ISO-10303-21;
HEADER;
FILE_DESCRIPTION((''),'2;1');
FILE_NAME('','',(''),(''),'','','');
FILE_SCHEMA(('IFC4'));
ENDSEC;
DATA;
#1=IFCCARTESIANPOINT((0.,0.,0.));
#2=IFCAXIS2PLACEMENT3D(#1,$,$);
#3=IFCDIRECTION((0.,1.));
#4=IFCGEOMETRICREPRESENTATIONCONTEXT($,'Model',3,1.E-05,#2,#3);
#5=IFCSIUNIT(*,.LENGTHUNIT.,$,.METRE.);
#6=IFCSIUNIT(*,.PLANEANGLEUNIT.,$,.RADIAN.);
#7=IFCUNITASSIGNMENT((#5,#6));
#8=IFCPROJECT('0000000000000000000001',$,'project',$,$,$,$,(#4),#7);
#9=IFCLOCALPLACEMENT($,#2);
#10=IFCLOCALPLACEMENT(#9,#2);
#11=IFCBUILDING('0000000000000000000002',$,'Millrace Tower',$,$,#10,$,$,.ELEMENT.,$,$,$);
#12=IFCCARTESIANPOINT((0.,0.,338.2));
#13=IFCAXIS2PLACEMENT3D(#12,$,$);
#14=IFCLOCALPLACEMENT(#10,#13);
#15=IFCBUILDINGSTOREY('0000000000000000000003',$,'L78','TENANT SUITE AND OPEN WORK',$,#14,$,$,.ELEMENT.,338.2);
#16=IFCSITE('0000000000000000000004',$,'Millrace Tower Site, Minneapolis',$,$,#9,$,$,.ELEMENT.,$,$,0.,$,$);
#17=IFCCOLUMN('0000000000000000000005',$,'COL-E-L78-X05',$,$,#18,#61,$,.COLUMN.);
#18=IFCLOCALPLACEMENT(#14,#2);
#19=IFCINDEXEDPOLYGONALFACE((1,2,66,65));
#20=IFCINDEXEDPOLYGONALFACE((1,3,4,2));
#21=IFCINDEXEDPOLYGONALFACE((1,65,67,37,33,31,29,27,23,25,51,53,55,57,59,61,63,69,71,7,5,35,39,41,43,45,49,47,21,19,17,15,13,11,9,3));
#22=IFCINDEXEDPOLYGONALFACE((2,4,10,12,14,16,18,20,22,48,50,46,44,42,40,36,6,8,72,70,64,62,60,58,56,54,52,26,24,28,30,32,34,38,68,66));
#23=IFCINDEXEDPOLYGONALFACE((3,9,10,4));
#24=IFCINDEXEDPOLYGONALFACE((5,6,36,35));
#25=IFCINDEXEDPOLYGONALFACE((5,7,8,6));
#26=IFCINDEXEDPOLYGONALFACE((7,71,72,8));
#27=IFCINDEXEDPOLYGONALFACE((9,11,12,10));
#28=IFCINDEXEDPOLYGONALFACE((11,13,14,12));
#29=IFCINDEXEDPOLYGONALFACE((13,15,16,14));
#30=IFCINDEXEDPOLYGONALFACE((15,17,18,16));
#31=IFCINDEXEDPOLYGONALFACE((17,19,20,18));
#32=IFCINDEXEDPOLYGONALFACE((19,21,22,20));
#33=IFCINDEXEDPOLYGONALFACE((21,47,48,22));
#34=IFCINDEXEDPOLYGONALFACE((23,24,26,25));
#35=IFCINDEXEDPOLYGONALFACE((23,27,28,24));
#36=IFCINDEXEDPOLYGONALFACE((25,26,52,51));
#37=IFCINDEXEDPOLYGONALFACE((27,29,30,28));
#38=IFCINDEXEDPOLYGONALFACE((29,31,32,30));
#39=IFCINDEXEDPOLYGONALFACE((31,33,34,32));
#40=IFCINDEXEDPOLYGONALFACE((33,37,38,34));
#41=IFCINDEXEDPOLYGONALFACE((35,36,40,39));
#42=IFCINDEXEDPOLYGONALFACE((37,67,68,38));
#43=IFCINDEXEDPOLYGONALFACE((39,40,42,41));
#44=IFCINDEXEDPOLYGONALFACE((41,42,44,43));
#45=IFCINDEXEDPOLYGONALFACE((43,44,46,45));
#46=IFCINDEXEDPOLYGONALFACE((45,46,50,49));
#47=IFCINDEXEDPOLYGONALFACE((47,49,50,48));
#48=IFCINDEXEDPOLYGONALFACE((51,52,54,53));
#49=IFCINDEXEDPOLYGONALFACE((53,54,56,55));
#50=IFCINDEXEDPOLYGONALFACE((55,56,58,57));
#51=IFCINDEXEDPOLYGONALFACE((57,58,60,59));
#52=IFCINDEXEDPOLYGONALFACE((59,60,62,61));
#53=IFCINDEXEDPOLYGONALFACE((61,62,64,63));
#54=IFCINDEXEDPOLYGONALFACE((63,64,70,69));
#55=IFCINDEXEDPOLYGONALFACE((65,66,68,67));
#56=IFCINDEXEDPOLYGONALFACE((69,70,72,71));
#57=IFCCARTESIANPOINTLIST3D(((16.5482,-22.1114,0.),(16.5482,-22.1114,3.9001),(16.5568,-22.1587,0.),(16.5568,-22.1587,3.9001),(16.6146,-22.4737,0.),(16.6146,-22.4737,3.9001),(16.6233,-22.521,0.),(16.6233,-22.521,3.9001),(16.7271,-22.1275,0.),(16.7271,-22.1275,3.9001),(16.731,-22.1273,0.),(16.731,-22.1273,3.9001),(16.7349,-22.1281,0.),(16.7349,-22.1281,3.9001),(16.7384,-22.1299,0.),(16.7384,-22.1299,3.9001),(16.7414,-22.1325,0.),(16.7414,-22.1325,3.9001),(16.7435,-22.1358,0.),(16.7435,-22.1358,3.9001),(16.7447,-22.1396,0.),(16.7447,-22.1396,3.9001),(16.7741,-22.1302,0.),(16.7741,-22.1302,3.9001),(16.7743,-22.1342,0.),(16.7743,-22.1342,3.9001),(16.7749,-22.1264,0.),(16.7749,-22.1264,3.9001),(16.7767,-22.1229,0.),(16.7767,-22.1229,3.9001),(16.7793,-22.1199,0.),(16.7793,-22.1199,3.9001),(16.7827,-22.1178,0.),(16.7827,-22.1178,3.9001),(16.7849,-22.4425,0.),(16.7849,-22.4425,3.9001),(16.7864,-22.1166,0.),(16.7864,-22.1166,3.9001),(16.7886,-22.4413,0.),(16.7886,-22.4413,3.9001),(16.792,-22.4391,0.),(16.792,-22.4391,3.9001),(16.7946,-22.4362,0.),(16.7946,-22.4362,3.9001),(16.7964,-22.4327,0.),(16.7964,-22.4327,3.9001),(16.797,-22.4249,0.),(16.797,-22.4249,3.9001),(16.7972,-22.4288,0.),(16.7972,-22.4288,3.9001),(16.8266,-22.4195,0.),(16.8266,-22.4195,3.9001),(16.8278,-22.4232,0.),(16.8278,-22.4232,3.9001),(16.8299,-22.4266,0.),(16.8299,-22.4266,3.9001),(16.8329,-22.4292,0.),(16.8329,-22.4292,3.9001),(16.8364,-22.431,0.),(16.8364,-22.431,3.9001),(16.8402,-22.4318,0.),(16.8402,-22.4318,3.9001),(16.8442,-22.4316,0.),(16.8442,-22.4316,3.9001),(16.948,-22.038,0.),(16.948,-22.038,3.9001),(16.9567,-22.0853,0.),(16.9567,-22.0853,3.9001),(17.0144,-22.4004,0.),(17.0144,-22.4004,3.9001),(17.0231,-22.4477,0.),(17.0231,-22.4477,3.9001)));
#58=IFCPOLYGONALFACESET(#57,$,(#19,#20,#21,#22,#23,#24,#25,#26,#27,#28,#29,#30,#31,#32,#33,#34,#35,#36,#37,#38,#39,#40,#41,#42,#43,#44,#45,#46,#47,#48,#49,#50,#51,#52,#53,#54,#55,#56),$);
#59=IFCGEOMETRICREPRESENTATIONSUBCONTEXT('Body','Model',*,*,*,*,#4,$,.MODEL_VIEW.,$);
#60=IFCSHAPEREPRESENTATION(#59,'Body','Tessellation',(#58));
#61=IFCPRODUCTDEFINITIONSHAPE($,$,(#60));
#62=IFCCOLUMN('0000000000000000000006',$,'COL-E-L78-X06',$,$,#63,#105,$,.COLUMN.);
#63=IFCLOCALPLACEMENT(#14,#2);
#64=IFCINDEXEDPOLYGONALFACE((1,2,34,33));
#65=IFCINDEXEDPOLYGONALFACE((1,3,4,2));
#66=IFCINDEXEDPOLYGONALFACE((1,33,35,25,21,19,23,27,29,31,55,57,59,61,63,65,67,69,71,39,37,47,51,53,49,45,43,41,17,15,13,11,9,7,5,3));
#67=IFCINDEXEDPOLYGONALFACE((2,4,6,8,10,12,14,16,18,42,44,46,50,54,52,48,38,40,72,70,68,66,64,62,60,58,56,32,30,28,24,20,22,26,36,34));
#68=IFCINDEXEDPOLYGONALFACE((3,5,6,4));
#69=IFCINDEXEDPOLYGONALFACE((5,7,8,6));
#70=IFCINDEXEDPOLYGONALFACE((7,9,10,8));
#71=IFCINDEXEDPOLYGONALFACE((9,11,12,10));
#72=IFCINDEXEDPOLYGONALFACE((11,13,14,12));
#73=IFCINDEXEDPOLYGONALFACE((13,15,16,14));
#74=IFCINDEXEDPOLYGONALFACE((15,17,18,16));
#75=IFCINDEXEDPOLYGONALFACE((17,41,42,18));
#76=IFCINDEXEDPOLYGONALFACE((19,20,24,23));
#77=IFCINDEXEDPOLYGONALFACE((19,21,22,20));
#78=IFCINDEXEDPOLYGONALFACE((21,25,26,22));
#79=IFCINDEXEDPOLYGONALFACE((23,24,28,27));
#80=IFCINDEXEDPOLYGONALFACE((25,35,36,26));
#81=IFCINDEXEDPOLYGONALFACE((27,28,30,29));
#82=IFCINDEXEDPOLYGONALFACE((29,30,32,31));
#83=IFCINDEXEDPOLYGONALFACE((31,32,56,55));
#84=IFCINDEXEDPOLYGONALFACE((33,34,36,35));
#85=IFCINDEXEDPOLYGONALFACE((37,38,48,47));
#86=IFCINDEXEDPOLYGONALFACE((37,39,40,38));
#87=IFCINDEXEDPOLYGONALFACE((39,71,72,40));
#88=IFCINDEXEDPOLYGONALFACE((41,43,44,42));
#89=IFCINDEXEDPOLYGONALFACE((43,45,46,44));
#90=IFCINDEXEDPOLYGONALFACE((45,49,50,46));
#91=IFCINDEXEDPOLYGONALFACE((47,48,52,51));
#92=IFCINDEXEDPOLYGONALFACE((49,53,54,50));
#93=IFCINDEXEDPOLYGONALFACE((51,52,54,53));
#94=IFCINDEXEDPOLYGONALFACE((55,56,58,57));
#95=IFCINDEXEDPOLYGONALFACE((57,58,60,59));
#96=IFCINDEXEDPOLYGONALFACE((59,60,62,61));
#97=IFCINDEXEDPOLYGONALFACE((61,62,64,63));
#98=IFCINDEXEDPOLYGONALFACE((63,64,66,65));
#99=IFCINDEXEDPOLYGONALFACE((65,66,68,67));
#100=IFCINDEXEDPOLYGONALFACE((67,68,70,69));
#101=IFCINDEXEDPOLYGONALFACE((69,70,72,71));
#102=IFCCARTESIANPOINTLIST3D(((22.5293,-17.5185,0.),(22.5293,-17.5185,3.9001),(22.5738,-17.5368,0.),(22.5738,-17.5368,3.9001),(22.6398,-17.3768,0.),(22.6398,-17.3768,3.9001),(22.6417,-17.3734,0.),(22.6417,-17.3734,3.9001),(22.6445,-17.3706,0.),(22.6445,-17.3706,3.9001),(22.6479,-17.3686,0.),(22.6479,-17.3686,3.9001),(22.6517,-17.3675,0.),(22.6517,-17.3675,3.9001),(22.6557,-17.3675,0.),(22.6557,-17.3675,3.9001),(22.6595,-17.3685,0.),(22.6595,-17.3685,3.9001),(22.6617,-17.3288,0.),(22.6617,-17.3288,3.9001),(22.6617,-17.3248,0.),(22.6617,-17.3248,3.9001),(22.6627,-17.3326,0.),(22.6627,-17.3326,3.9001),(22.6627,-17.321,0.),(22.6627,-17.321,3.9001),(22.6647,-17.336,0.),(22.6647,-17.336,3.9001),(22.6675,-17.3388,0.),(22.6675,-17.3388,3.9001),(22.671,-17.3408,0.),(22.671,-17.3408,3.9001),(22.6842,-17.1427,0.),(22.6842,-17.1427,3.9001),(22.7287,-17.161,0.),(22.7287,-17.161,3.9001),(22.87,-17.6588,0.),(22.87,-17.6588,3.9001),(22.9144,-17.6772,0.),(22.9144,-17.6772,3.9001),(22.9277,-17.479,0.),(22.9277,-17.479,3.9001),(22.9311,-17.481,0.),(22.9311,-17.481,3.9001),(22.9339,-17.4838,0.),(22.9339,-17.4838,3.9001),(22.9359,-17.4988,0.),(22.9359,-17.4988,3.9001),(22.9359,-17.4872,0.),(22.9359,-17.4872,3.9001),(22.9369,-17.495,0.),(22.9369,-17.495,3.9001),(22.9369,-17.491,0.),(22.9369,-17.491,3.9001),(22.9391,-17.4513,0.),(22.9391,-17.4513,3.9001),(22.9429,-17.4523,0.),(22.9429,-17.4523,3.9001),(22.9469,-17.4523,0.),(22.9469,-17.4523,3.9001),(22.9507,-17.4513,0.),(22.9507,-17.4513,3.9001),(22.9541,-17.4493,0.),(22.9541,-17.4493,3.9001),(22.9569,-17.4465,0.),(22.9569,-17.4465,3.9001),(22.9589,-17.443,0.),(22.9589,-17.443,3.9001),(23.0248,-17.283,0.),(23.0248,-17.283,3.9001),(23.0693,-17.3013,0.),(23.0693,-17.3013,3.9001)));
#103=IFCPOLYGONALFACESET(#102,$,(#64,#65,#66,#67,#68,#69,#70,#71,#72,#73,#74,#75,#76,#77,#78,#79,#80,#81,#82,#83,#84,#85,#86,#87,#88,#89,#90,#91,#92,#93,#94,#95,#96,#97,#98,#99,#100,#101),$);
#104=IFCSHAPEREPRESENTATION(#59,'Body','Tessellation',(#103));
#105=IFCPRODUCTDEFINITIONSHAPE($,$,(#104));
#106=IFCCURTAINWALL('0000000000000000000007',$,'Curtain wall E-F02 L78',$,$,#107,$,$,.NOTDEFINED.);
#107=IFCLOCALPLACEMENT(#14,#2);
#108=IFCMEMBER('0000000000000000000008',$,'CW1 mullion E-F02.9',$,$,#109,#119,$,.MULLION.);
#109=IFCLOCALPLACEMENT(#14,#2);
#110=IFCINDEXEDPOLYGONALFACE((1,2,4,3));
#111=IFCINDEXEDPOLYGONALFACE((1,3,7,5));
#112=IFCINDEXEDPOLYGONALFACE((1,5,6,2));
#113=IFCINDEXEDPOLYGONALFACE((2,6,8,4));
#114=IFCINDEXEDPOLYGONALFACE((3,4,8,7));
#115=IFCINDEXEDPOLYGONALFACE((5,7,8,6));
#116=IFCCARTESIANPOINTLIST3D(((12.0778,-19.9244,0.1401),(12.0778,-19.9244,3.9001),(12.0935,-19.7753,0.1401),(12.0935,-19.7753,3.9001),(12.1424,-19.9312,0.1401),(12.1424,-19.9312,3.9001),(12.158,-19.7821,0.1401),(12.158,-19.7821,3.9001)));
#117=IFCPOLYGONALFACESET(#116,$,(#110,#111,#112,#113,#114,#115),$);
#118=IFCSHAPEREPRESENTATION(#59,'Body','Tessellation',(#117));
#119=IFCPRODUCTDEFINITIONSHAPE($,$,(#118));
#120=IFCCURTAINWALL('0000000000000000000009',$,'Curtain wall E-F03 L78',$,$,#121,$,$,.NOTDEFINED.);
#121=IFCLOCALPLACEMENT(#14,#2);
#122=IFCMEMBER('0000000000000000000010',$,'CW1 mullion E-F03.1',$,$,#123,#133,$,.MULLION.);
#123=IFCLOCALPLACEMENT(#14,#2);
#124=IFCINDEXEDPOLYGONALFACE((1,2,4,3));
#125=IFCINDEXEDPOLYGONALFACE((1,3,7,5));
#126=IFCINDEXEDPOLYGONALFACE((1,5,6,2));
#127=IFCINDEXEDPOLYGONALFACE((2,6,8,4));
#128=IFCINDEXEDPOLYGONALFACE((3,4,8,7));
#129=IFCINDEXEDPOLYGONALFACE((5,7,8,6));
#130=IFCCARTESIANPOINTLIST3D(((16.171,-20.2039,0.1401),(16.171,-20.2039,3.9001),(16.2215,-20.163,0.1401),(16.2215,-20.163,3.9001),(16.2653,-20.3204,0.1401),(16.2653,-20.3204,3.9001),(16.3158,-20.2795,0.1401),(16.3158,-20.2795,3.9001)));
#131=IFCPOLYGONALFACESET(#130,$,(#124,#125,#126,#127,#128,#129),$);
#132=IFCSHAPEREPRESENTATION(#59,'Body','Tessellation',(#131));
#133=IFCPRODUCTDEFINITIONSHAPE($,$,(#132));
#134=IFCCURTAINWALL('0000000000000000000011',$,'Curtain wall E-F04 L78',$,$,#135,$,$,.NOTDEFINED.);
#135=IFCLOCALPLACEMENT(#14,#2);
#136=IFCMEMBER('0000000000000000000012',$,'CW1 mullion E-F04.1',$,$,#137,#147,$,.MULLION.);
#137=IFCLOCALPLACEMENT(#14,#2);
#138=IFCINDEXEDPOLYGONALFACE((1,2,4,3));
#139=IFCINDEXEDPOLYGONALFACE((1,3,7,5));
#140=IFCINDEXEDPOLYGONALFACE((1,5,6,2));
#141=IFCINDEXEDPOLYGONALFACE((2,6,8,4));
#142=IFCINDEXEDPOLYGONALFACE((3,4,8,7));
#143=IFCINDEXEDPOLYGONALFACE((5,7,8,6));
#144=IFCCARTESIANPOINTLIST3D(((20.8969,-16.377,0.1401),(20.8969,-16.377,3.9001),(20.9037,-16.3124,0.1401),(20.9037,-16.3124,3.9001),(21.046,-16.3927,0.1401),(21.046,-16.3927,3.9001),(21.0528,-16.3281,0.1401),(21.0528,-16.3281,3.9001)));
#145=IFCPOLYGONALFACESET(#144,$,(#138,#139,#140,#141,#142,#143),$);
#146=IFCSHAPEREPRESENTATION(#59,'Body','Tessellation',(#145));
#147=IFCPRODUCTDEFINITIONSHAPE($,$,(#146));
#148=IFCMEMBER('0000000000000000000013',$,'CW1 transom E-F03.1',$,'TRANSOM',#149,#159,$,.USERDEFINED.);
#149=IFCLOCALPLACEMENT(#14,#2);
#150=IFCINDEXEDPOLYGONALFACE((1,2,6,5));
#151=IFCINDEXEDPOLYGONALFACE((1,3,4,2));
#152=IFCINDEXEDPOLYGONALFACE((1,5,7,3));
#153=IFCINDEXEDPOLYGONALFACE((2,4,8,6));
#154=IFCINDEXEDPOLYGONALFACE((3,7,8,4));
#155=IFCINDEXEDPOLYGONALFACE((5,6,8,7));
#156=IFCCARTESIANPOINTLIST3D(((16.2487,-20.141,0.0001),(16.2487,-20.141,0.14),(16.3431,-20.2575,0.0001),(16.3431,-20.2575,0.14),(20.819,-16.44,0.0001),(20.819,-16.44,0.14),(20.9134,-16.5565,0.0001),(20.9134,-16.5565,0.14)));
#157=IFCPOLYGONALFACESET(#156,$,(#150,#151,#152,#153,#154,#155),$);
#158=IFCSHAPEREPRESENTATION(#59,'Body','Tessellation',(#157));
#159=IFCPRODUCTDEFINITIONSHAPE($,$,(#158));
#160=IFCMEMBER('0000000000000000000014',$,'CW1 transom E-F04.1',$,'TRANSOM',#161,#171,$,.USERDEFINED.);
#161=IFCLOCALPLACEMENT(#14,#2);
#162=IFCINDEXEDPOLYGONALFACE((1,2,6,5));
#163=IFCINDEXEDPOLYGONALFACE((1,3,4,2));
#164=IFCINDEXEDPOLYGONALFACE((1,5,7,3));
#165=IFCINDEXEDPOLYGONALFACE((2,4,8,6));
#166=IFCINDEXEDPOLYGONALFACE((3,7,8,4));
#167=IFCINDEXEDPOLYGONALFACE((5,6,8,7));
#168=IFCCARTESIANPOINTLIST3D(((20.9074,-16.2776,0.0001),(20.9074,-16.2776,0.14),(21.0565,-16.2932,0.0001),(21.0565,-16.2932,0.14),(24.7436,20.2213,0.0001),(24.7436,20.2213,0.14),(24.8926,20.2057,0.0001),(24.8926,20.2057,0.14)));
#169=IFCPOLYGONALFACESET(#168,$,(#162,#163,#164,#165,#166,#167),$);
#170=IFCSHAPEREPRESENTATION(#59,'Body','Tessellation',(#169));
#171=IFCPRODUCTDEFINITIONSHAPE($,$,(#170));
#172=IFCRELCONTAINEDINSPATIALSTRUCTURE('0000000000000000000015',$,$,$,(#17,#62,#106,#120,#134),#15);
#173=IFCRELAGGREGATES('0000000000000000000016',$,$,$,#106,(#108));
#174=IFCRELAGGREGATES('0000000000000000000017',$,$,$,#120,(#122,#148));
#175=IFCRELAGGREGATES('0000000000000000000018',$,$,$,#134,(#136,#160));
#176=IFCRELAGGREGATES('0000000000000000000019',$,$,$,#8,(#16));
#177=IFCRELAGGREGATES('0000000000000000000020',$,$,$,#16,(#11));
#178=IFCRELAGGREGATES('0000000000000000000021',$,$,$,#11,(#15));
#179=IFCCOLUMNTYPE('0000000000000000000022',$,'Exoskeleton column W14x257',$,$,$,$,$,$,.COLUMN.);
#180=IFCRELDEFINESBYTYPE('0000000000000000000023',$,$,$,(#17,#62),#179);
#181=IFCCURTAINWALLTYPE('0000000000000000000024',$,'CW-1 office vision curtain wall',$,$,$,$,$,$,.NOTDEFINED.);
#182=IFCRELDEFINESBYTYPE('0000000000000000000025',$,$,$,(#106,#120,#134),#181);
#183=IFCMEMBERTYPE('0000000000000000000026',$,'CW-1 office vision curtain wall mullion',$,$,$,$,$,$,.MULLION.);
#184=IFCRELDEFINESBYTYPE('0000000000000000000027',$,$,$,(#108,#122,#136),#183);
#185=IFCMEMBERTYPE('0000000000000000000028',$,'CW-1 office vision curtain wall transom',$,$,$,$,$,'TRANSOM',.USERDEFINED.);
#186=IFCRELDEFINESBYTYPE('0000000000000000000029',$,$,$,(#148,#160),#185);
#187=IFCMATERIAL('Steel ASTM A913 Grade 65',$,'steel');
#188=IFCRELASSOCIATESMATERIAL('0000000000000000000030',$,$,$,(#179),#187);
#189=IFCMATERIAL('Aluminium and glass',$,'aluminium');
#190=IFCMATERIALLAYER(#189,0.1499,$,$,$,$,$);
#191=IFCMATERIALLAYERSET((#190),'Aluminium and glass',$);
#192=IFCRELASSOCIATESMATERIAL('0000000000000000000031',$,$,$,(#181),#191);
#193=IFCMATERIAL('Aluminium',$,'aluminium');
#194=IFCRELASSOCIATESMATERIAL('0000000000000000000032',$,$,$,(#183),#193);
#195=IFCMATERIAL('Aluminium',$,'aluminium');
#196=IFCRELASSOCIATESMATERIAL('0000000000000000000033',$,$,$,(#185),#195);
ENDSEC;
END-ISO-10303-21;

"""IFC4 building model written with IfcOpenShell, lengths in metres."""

from ifc_helpers import new_model, si_unit, direction, frame, origin, origin_2d, place, context, subcontext, project, spatial, rectangle, i_section, extrude, material, layer, layer_set, material_profile, profile_set, type_object, element, aggregate, save


model = new_model("IFC4")

# Units and contexts
model_context = context("Model", 3, precision=1e-05, world=origin(), true_north=direction((0.0, 1.0)))
body_context = subcontext(model_context, "Body", "Model", "MODEL_VIEW")
ifc_project = project(units=[si_unit("LENGTHUNIT", "METRE"), si_unit("PLANEANGLEUNIT", "RADIAN")], contexts=[model_context])

# Site, building, storey
site_placement = place(None, origin())
site = spatial("IfcSite", under=ifc_project, at=site_placement, Name="Millrace Tower Site, Minneapolis", CompositionType="ELEMENT", RefElevation=0.0)
building_placement = place(site_placement, origin())
building = spatial("IfcBuilding", under=site, at=building_placement, Name="Millrace Tower", CompositionType="ELEMENT")
storey_placement = place(building_placement, frame((0.0, 0.0, 338.2)))
storey = spatial("IfcBuildingStorey", under=building, at=storey_placement, Name="L78", Description="TENANT SUITE AND OPEN WORK", CompositionType="ELEMENT", Elevation=338.2)

# Columns
ifc_material_1 = material(Name="Steel ASTM A913 Grade 65", Category="steel")
ifc_material_profile_1 = material_profile(ifc_material_1, i_section(OverallWidth=0.4065, OverallDepth=0.4165, WebThickness=0.03, FlangeThickness=0.0481, FilletRadius=0.0151, at=origin_2d()))
ifc_profile_set_1 = profile_set([ifc_material_profile_1], Name="Steel ASTM A913 Grade 65")
column_type = type_object("IfcColumnType", Name="Exoskeleton column W14x257", PredefinedType="COLUMN", material=ifc_profile_set_1)
for number, where, z_axis, x_axis, name in (
    (1, (16.7856, -22.2795, 0.0), (0.0, 0.0, 1.0), (0.983596, 0.180387, 0.0), "COL-E-L78-X05"),
    (2, (22.7993, -17.4099, 0.0), (0.0, 0.0, 1.0), (0.380947, 0.924597, 0.0), "COL-E-L78-X06"),
):
    element("IfcColumn", number, at=place(storey_placement, frame(where, z_axis=z_axis, x_axis=x_axis)), inside=storey, type_object=column_type, Name=name, PredefinedType="COLUMN", context=body_context, shape_type="SweptSolid", body=[
        extrude(i_section(OverallWidth=0.4065, OverallDepth=0.4165, WebThickness=0.03, FlangeThickness=0.0481, FilletRadius=0.0151, at=origin_2d()), origin(), (0.0, 0.0, 1.0), 3.9001),
    ])

# Curtain walls, members
ifc_material_2 = material(Name="Aluminium and glass", Category="aluminium")
ifc_layer_1 = layer(ifc_material_2, 0.1499)
ifc_layer_set_1 = layer_set([ifc_layer_1], Name="Aluminium and glass")
curtain_wall_type = type_object("IfcCurtainWallType", Name="CW-1 office vision curtain wall", PredefinedType="NOTDEFINED", material=ifc_layer_set_1)
placement = place(storey_placement, origin())
curtain_wall_1 = element("IfcCurtainWall", 3, at=placement, inside=storey, type_object=curtain_wall_type, Name="Curtain wall E-F02 L78", PredefinedType="NOTDEFINED")
ifc_material_3 = material(Name="Aluminium", Category="aluminium")
ifc_material_profile_2 = material_profile(ifc_material_3, rectangle(XDim=0.0649, YDim=0.1499, at=origin_2d()))
ifc_profile_set_2 = profile_set([ifc_material_profile_2], Name="Aluminium")
member_type_1 = type_object("IfcMemberType", Name="CW-1 office vision curtain wall mullion", PredefinedType="MULLION", material=ifc_profile_set_2)
member_1_placement = place(storey_placement, frame((12.1179, -19.8533, 0.1401), z_axis=(0.0, 0.0, 1.0), x_axis=(0.994522, -0.104528, 0.0)))
member_1 = element("IfcMember", 4, at=member_1_placement, type_object=member_type_1, Name="CW1 mullion E-F02.9", PredefinedType="MULLION", context=body_context, shape_type="SweptSolid", body=[
    extrude(rectangle(XDim=0.0649, YDim=0.1499, at=origin_2d()), origin(), (0.0, 0.0, 1.0), 3.76),
])
aggregate(curtain_wall_1, [member_1])
curtain_wall_2 = element("IfcCurtainWall", 5, at=placement, inside=storey, type_object=curtain_wall_type, Name="Curtain wall E-F03 L78", PredefinedType="NOTDEFINED")
member_2_placement = place(storey_placement, frame((16.2434, -20.2417, 0.1401), z_axis=(0.0, 0.0, 1.0), x_axis=(0.777146, 0.62932, 0.0)))
member_2 = element("IfcMember", 6, at=member_2_placement, type_object=member_type_1, Name="CW1 mullion E-F03.1", PredefinedType="MULLION", context=body_context, shape_type="SweptSolid", body=[
    extrude(rectangle(XDim=0.0649, YDim=0.1499, at=origin_2d()), origin(), (0.0, 0.0, 1.0), 3.76),
])
curtain_wall_3 = element("IfcCurtainWall", 7, at=placement, inside=storey, type_object=curtain_wall_type, Name="Curtain wall E-F04 L78", PredefinedType="NOTDEFINED")
member_3_placement = place(storey_placement, frame((20.9749, -16.3525, 0.1401), z_axis=(0.0, 0.0, 1.0), x_axis=(0.104528, 0.994522, 0.0)))
member_3 = element("IfcMember", 8, at=member_3_placement, type_object=member_type_1, Name="CW1 mullion E-F04.1", PredefinedType="MULLION", context=body_context, shape_type="SweptSolid", body=[
    extrude(rectangle(XDim=0.0649, YDim=0.1499, at=origin_2d()), origin(), (0.0, 0.0, 1.0), 3.76),
])

# Members
ifc_material_4 = material(Name="Aluminium", Category="aluminium")
ifc_material_profile_3 = material_profile(ifc_material_4, rectangle(XDim=0.1499, YDim=0.1399, at=origin_2d()))
ifc_profile_set_3 = profile_set([ifc_material_profile_3], Name="Aluminium")
member_type_2 = type_object("IfcMemberType", Name="CW-1 office vision curtain wall transom", ElementType="TRANSOM", PredefinedType="USERDEFINED", material=ifc_profile_set_3)
member_4_placement = place(storey_placement, frame((16.2959, -20.1992, 0.0701), z_axis=(0.777149, 0.629316, 0.0), x_axis=(-0.629316, 0.777149, 0.0)))
member_4 = element("IfcMember", 9, at=member_4_placement, type_object=member_type_2, Name="CW1 transom E-F03.1", ObjectType="TRANSOM", PredefinedType="USERDEFINED", context=body_context, shape_type="SweptSolid", body=[
    extrude(rectangle(XDim=0.1499, YDim=0.1399, at=origin_2d()), origin(), (0.0, 0.0, 1.0), 5.8809),
])
aggregate(curtain_wall_2, [member_2, member_4])
member_5_placement = place(storey_placement, frame((20.9819, -16.2854, 0.0701), z_axis=(0.104528, 0.994522, 0.0), x_axis=(-0.994522, 0.104528, 0.0)))
member_5 = element("IfcMember", 10, at=member_5_placement, type_object=member_type_2, Name="CW1 transom E-F04.1", ObjectType="TRANSOM", PredefinedType="USERDEFINED", context=body_context, shape_type="SweptSolid", body=[
    extrude(rectangle(XDim=0.1499, YDim=0.1399, at=origin_2d()), origin(), (0.0, 0.0, 1.0), 36.7),
])
aggregate(curtain_wall_3, [member_3, member_5])

save(model, "model.ifc")
